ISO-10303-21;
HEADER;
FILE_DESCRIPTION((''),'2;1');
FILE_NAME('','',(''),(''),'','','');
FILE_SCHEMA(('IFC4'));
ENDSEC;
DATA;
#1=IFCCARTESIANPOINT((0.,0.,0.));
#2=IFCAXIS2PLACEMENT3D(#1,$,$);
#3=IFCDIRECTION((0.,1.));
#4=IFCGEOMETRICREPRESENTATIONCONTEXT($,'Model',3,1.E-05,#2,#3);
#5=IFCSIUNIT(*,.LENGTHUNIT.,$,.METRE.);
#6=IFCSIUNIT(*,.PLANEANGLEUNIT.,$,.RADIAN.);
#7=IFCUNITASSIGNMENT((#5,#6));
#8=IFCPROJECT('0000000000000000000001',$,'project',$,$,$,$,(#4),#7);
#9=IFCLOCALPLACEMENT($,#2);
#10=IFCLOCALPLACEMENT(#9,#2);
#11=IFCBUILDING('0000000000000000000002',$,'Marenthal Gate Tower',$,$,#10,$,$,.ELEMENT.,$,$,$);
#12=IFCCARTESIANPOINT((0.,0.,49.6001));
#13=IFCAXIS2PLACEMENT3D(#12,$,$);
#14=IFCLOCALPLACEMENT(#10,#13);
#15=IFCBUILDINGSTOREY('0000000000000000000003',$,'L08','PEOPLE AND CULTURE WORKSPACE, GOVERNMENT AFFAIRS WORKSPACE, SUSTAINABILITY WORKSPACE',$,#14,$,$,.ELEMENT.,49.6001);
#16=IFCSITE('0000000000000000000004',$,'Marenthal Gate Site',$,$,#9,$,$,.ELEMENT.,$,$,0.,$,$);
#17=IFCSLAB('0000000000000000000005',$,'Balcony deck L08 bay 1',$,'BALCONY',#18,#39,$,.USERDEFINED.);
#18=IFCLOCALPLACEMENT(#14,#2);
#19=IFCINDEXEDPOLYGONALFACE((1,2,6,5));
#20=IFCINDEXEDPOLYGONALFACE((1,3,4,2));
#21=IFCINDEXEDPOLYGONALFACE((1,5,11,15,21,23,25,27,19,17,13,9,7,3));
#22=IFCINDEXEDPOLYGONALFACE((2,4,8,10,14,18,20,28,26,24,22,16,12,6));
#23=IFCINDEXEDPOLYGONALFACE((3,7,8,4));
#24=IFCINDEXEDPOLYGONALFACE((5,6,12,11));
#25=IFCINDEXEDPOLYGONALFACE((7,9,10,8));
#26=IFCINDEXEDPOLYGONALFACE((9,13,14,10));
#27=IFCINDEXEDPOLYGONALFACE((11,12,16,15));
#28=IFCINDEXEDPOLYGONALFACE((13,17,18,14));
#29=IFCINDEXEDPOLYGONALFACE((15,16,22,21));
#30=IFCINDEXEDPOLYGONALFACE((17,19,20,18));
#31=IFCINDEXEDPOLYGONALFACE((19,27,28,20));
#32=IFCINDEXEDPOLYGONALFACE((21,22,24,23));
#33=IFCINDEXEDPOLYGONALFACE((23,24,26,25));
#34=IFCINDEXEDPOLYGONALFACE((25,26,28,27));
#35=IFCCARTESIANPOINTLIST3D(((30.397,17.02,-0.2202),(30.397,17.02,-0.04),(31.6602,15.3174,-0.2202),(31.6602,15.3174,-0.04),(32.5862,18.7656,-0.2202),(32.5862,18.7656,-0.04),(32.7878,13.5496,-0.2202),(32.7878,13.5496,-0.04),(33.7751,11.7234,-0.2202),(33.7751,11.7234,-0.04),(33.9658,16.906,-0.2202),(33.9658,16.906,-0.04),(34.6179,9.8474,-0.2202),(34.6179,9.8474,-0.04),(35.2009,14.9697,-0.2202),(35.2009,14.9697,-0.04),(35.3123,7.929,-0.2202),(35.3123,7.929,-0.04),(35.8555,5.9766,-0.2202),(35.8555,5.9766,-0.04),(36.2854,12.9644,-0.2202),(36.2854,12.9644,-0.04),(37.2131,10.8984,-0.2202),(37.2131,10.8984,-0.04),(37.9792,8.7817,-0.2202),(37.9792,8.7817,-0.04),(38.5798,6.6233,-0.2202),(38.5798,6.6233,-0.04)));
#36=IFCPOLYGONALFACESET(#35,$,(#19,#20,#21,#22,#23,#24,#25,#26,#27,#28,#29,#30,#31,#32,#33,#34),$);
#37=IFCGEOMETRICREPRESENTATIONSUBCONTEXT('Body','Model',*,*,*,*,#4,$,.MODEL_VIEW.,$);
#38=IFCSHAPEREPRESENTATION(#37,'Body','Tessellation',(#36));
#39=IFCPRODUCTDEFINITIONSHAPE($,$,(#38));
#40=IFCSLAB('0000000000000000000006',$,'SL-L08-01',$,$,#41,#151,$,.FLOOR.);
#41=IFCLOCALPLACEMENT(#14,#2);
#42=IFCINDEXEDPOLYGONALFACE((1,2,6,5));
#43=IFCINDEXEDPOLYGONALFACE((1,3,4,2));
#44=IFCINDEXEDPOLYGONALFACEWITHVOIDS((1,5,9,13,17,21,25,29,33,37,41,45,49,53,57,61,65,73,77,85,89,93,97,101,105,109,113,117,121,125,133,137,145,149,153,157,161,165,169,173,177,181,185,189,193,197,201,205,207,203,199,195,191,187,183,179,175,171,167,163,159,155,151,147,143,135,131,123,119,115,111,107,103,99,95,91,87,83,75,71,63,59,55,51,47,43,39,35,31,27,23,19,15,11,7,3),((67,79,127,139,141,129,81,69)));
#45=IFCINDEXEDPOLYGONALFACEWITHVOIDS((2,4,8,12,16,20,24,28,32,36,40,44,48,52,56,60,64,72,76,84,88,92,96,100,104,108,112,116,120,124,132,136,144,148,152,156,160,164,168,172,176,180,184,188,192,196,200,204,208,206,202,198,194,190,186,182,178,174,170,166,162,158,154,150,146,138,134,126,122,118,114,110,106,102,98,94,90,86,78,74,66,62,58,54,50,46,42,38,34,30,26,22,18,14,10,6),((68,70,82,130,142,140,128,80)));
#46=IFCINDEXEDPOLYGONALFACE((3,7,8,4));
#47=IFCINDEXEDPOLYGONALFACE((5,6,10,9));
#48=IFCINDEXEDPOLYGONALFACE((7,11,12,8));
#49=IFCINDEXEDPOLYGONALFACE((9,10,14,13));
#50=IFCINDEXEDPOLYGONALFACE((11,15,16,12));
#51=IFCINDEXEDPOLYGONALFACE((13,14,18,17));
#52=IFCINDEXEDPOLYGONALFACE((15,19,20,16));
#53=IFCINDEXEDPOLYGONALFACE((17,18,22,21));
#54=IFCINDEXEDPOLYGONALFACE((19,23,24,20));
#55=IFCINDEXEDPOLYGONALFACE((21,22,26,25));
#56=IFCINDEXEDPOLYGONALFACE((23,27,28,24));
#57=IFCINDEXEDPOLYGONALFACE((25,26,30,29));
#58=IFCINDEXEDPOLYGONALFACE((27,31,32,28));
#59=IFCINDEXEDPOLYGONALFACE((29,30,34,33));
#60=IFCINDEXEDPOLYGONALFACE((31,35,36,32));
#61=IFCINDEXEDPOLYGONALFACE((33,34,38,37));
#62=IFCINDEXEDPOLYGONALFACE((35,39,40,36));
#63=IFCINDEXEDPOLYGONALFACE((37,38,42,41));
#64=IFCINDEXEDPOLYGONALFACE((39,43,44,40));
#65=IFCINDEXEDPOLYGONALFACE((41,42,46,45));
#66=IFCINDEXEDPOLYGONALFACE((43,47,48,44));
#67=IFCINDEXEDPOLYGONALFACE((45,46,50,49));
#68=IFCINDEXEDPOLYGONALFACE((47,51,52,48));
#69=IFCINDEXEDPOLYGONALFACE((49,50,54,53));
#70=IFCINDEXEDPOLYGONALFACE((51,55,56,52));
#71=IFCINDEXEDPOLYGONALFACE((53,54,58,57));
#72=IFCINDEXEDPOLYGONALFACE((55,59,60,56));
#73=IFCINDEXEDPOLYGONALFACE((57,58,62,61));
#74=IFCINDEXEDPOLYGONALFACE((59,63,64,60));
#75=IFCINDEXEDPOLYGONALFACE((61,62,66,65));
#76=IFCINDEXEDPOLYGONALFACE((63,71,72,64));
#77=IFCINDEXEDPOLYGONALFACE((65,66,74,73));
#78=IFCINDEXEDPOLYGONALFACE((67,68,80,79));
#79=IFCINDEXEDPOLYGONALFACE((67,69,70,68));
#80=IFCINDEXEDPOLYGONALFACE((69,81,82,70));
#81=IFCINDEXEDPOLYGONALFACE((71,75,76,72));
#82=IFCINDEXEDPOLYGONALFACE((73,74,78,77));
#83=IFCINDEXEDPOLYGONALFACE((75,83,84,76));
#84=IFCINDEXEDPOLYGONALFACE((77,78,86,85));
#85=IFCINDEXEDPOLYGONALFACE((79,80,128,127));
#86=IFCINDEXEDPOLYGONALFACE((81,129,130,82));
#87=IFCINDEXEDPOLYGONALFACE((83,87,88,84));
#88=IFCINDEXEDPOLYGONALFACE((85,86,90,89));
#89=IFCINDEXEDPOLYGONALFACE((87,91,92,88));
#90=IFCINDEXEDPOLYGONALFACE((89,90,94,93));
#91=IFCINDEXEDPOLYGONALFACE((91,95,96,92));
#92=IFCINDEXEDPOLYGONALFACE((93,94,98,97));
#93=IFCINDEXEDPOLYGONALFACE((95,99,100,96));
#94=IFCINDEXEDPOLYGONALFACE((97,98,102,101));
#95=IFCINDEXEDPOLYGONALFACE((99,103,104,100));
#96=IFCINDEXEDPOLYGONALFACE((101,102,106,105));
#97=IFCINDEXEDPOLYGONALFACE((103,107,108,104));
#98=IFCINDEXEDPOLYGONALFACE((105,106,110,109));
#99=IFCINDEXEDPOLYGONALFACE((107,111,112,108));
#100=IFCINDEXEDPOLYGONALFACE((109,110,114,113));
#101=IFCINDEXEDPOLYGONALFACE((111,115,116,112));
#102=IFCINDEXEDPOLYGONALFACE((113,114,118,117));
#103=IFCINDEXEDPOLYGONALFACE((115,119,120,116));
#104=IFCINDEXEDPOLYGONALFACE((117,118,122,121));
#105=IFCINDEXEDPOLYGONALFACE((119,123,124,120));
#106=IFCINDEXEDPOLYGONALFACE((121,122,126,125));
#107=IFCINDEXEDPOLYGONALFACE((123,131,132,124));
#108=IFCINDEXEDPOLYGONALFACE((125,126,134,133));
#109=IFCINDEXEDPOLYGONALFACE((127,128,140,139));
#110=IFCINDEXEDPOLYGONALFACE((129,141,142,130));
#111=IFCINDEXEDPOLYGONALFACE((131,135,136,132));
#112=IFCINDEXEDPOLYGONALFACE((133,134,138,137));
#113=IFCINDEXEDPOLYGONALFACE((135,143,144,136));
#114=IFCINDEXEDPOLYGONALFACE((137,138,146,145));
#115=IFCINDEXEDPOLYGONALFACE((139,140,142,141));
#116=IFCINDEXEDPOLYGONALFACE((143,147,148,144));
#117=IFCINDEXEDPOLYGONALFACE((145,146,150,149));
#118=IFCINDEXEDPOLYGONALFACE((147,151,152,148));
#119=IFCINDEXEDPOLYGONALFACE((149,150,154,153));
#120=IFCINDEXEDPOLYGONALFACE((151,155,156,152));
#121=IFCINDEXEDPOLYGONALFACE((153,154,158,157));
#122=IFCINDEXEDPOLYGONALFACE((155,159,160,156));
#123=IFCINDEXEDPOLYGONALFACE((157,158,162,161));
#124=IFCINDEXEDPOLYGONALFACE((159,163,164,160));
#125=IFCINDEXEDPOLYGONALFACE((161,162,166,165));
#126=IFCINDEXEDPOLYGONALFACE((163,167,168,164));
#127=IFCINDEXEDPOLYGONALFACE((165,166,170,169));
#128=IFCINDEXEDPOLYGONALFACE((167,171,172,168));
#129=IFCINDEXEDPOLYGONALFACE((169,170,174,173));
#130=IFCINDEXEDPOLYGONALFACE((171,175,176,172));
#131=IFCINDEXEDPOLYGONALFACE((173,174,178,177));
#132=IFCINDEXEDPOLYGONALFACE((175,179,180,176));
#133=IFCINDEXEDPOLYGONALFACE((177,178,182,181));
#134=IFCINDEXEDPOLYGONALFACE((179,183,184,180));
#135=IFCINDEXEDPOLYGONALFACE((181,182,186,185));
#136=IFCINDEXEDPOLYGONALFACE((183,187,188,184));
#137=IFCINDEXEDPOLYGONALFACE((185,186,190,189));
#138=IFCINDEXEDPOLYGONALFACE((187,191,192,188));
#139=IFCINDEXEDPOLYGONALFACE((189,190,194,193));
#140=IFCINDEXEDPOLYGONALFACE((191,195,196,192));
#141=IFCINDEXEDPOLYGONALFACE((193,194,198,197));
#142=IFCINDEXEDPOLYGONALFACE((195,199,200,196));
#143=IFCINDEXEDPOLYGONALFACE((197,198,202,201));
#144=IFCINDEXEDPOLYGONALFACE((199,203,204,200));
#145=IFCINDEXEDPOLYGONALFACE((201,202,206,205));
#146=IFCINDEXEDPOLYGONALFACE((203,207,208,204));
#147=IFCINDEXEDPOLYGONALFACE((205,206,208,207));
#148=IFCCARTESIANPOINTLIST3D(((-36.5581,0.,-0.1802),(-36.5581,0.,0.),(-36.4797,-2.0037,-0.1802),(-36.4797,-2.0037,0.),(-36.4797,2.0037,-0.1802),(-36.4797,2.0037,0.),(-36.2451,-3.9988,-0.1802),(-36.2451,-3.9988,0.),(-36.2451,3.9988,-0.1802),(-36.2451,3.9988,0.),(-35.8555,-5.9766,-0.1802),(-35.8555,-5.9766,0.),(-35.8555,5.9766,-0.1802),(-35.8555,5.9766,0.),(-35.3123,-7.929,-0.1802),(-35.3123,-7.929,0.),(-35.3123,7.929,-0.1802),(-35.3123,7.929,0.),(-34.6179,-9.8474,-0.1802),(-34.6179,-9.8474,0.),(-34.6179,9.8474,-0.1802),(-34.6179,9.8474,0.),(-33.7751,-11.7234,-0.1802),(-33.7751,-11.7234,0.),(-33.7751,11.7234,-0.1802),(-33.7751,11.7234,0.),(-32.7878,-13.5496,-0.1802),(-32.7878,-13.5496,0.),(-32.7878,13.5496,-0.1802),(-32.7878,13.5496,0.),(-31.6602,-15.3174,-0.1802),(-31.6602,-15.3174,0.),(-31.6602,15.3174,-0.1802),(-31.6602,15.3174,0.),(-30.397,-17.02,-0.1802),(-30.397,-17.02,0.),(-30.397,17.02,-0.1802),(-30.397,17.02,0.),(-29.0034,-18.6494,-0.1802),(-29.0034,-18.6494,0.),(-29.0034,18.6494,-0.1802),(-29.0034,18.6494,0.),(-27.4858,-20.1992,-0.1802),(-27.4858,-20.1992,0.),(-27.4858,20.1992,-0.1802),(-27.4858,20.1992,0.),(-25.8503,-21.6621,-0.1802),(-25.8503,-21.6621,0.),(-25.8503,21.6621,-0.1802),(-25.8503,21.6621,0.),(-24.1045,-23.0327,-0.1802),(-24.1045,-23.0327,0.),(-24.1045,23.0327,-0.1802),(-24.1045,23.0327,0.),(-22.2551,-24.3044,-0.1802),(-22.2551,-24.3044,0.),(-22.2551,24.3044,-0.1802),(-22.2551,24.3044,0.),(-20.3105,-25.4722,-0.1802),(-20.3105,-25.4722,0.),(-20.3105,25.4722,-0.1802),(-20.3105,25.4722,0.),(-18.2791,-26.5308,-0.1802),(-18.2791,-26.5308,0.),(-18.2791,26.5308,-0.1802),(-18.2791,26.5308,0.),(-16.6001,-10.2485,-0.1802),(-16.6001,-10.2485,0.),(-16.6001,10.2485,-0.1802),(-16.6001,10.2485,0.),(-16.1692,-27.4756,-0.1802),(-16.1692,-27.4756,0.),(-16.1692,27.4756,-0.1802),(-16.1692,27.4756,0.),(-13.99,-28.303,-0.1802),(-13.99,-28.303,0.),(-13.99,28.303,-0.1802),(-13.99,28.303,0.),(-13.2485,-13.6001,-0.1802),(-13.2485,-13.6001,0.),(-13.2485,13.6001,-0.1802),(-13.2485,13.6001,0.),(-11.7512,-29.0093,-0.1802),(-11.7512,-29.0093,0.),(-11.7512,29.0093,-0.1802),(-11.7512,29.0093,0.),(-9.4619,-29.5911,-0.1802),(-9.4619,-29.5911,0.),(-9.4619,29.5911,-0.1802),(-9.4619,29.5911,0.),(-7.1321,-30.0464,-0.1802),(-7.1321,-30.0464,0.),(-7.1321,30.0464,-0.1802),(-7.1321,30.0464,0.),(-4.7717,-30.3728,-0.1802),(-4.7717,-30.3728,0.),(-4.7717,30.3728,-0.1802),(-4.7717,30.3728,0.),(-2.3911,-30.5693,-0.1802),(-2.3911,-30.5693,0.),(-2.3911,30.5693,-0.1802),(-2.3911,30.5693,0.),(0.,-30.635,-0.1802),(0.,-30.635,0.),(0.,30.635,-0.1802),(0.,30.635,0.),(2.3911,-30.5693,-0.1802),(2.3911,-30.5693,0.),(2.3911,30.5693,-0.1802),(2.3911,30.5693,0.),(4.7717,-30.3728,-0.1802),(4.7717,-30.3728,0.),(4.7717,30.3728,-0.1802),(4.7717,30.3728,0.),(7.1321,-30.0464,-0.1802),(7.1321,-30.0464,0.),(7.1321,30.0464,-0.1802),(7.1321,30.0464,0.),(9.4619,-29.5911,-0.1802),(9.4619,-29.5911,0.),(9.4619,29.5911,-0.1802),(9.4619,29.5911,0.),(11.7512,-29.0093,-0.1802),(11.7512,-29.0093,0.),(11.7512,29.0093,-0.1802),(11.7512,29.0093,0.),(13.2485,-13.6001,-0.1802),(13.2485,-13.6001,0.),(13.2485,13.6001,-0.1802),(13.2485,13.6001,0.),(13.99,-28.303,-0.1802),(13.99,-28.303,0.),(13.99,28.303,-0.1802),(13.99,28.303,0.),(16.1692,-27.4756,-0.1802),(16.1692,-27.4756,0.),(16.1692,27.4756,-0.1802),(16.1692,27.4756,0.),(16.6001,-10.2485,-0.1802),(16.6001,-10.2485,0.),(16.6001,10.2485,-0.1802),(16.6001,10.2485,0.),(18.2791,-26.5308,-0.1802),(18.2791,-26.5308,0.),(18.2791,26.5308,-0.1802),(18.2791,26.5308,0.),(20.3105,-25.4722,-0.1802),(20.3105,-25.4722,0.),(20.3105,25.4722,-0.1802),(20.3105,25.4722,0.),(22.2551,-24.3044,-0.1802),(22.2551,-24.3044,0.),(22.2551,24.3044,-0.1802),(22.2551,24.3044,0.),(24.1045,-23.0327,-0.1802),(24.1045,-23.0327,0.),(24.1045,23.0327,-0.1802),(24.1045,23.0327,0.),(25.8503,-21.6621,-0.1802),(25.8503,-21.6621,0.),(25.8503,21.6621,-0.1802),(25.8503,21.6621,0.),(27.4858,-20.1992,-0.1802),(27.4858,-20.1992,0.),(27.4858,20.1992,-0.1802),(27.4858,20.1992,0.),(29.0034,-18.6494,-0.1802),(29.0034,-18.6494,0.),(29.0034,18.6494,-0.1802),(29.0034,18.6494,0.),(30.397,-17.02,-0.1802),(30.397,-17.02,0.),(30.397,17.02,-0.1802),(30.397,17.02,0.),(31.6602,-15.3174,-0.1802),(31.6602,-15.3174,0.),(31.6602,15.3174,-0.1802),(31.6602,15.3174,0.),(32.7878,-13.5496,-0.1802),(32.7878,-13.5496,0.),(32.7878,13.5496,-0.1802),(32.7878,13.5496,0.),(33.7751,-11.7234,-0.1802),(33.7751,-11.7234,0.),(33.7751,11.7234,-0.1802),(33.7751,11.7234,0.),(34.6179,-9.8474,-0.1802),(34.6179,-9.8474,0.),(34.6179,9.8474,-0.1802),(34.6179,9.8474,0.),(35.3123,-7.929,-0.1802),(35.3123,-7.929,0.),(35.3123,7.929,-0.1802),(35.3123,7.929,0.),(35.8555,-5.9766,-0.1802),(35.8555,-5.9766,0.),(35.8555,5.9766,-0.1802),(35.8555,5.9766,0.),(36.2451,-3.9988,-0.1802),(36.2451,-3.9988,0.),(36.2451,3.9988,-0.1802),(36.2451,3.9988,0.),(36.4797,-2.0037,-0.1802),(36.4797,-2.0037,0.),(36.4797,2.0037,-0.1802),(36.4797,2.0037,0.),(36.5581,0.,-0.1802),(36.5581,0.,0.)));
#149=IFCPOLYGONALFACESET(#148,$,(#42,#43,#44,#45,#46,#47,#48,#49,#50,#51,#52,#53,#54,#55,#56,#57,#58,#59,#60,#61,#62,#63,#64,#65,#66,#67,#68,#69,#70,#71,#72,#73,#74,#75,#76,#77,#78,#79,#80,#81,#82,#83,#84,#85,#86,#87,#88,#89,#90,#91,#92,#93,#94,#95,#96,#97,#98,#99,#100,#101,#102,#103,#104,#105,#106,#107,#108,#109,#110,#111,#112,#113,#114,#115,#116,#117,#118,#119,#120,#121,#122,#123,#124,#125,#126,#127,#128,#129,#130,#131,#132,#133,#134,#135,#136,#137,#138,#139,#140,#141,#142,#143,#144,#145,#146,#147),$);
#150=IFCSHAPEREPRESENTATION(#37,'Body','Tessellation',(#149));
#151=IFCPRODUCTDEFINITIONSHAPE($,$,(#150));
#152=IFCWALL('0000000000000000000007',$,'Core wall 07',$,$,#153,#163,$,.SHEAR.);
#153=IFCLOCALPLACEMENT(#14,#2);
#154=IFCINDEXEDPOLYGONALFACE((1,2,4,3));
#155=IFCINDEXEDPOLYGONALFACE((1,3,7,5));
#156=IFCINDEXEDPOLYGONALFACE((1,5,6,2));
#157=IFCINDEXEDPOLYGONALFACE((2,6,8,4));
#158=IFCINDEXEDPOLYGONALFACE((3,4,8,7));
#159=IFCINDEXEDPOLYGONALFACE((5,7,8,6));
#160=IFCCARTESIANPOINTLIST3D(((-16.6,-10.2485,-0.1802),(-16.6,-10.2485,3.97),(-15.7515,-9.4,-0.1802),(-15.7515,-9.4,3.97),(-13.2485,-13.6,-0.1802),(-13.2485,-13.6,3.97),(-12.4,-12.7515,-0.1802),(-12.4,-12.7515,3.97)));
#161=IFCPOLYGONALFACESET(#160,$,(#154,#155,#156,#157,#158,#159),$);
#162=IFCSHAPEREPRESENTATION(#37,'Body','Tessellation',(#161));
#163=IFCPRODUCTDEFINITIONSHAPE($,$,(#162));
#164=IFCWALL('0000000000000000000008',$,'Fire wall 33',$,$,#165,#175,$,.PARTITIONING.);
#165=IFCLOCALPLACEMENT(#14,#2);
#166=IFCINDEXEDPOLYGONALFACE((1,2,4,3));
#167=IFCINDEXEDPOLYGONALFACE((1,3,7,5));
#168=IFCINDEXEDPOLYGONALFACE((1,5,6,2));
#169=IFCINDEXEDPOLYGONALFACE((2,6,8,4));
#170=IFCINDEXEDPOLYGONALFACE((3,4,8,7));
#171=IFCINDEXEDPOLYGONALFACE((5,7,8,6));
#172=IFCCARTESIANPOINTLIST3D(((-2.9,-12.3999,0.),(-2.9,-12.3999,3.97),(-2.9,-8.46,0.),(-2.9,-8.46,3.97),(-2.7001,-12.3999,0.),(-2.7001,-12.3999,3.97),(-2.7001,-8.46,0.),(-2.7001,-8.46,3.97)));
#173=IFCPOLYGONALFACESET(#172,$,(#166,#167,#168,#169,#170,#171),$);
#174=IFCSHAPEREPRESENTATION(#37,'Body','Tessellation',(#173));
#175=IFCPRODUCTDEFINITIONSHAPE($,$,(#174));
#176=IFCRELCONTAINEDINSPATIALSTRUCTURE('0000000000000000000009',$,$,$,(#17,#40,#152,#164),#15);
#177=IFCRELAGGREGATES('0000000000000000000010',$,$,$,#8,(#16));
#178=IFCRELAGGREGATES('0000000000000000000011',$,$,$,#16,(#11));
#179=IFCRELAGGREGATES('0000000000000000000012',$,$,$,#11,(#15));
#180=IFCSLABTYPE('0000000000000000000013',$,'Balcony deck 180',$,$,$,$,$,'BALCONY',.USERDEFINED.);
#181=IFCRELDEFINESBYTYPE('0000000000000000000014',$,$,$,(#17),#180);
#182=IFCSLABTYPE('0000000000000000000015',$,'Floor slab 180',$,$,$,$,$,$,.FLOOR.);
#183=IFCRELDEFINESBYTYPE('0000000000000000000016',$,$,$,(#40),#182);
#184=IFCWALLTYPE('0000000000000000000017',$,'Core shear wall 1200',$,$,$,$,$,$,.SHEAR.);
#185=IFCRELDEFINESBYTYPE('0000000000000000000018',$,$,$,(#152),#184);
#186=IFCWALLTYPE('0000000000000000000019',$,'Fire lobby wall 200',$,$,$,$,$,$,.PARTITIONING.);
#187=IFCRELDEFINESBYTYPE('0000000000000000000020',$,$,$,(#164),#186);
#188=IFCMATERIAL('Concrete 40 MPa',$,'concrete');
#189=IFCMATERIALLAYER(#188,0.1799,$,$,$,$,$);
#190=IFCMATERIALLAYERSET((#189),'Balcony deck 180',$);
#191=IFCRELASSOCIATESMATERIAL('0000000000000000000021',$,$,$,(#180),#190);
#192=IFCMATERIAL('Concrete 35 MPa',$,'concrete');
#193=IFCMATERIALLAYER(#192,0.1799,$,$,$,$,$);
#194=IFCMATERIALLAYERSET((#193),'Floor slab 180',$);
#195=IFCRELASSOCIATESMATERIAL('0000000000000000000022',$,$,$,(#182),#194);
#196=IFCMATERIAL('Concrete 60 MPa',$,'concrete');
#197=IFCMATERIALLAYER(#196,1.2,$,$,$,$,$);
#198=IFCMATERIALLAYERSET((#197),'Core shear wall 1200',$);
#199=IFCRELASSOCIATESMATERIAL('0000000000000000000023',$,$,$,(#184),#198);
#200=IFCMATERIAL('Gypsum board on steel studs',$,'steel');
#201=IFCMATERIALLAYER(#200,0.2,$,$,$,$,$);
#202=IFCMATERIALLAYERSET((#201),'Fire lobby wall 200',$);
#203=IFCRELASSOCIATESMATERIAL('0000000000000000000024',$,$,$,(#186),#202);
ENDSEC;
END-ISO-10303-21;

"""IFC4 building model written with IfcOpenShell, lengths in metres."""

from ifc_helpers import new_model, si_unit, direction, frame, frame_2d, origin, place, context, subcontext, project, spatial, polyline, rectangle, outline, extrude, material, layer, layer_set, type_object, element, save


model = new_model("IFC4")

# Units and contexts
model_context = context("Model", 3, precision=1e-05, world=origin(), true_north=direction((0.0, 1.0)))
body_context = subcontext(model_context, "Body", "Model", "MODEL_VIEW")
ifc_project = project(units=[si_unit("LENGTHUNIT", "METRE"), si_unit("PLANEANGLEUNIT", "RADIAN")], contexts=[model_context])

# Site, building, storey
site_placement = place(None, origin())
site = spatial("IfcSite", under=ifc_project, at=site_placement, Name="Marenthal Gate Site", CompositionType="ELEMENT", RefElevation=0.0)
building_placement = place(site_placement, origin())
building = spatial("IfcBuilding", under=site, at=building_placement, Name="Marenthal Gate Tower", CompositionType="ELEMENT")
storey_placement = place(building_placement, frame((0.0, 0.0, 49.6001)))
storey = spatial("IfcBuildingStorey", under=building, at=storey_placement, Name="L08", Description="PEOPLE AND CULTURE WORKSPACE, GOVERNMENT AFFAIRS WORKSPACE, SUSTAINABILITY WORKSPACE", CompositionType="ELEMENT", Elevation=49.6001)

# Slabs
ifc_material_1 = material(Name="Concrete 40 MPa", Category="concrete")
ifc_layer_1 = layer(ifc_material_1, 0.1799)
ifc_layer_set_1 = layer_set([ifc_layer_1], Name="Balcony deck 180")
slab_type_1 = type_object("IfcSlabType", Name="Balcony deck 180", ElementType="BALCONY", PredefinedType="USERDEFINED", material=ifc_layer_set_1)
slab_1_placement = place(storey_placement, frame((0.0, 0.0, -0.2202)))
element("IfcSlab", 1, at=slab_1_placement, inside=storey, type_object=slab_type_1, Name="Balcony deck L08 bay 1", ObjectType="BALCONY", PredefinedType="USERDEFINED", context=body_context, shape_type="SweptSolid", body=[
    extrude(outline(polyline([(35.8555, 5.9766), (35.3123, 7.929), (34.6179, 9.8474), (33.7751, 11.7234), (32.7878, 13.5496), (31.6602, 15.3174), (30.397, 17.02), (32.5862, 18.7656), (33.9658, 16.906), (35.2009, 14.9697), (36.2854, 12.9644), (37.2131, 10.8984), (37.9792, 8.7817), (38.5798, 6.6233), (35.8555, 5.9766)])), origin(), (0.0, 0.0, 1.0), 0.1802),
])
ifc_material_2 = material(Name="Concrete 35 MPa", Category="concrete")
ifc_layer_2 = layer(ifc_material_2, 0.1799)
ifc_layer_set_2 = layer_set([ifc_layer_2], Name="Floor slab 180")
slab_type_2 = type_object("IfcSlabType", Name="Floor slab 180", PredefinedType="FLOOR", material=ifc_layer_set_2)
slab_2_placement = place(storey_placement, frame((0.0, 0.0, -0.1802)))
element("IfcSlab", 2, at=slab_2_placement, inside=storey, type_object=slab_type_2, Name="SL-L08-01", PredefinedType="FLOOR", context=body_context, shape_type="SweptSolid", body=[
    extrude(outline(polyline([(36.5581, 0.0), (36.4797, 2.0037), (36.2451, 3.9988), (35.8555, 5.9766), (35.3123, 7.929), (34.6179, 9.8474), (33.7751, 11.7234), (32.7878, 13.5496), (31.6602, 15.3174), (30.397, 17.02), (29.0034, 18.6494), (27.4858, 20.1992), (25.8503, 21.6621), (24.1045, 23.0327), (22.2551, 24.3044), (20.3105, 25.4722), (18.2791, 26.5308), (16.1692, 27.4756), (13.99, 28.303), (11.7512, 29.0093), (9.4619, 29.5911), (7.1321, 30.0464), (4.7717, 30.3728), (2.3911, 30.5693), (0.0, 30.635), (-2.3911, 30.5693), (-4.7717, 30.3728), (-7.1321, 30.0464), (-9.4619, 29.5911), (-11.7512, 29.0093), (-13.99, 28.303), (-16.1692, 27.4756), (-18.2791, 26.5308), (-20.3105, 25.4722), (-22.2551, 24.3044), (-24.1045, 23.0327), (-25.8503, 21.6621), (-27.4858, 20.1992), (-29.0034, 18.6494), (-30.397, 17.02), (-31.6602, 15.3174), (-32.7878, 13.5496), (-33.7751, 11.7234), (-34.6179, 9.8474), (-35.3123, 7.929), (-35.8555, 5.9766), (-36.2451, 3.9988), (-36.4797, 2.0037), (-36.5581, 0.0), (-36.4797, -2.0037), (-36.2451, -3.9988), (-35.8555, -5.9766), (-35.3123, -7.929), (-34.6179, -9.8474), (-33.7751, -11.7234), (-32.7878, -13.5496), (-31.6602, -15.3174), (-30.397, -17.02), (-29.0034, -18.6494), (-27.4858, -20.1992), (-25.8503, -21.6621), (-24.1045, -23.0327), (-22.2551, -24.3044), (-20.3105, -25.4722), (-18.2791, -26.5308), (-16.1692, -27.4756), (-13.99, -28.303), (-11.7512, -29.0093), (-9.4619, -29.5911), (-7.1321, -30.0464), (-4.7717, -30.3728), (-2.3911, -30.5693), (0.0, -30.635), (2.3911, -30.5693), (4.7717, -30.3728), (7.1321, -30.0464), (9.4619, -29.5911), (11.7512, -29.0093), (13.99, -28.303), (16.1692, -27.4756), (18.2791, -26.5308), (20.3105, -25.4722), (22.2551, -24.3044), (24.1045, -23.0327), (25.8503, -21.6621), (27.4858, -20.1992), (29.0034, -18.6494), (30.397, -17.02), (31.6602, -15.3174), (32.7878, -13.5496), (33.7751, -11.7234), (34.6179, -9.8474), (35.3123, -7.929), (35.8555, -5.9766), (36.2451, -3.9988), (36.4797, -2.0037), (36.5581, 0.0)]), holes=[polyline([(13.2485, -13.6001), (16.6001, -10.2485), (16.6001, 10.2485), (13.2485, 13.6001), (-13.2485, 13.6001), (-16.6001, 10.2485), (-16.6001, -10.2485), (-13.2485, -13.6001), (13.2485, -13.6001)])]), origin(), (0.0, 0.0, 1.0), 0.1802),
])

# Walls
ifc_material_3 = material(Name="Concrete 60 MPa", Category="concrete")
ifc_layer_3 = layer(ifc_material_3, 1.2)
ifc_layer_set_3 = layer_set([ifc_layer_3], Name="Core shear wall 1200")
wall_type_1 = type_object("IfcWallType", Name="Core shear wall 1200", PredefinedType="SHEAR", material=ifc_layer_set_3)
wall_1_placement = place(storey_placement, frame((-16.1758, -9.8242, -0.1802), z_axis=(0.0, 0.0, 1.0), x_axis=(0.707107, -0.707107, 0.0)))
element("IfcWall", 3, at=wall_1_placement, inside=storey, type_object=wall_type_1, Name="Core wall 07", PredefinedType="SHEAR", context=body_context, shape_type="SweptSolid", body=[
    extrude(rectangle(XDim=4.7397, YDim=1.2, at=frame_2d((2.3699, 0.0))), origin(), (0.0, 0.0, 1.0), 4.1501),
])
ifc_material_4 = material(Name="Gypsum board on steel studs", Category="steel")
ifc_layer_4 = layer(ifc_material_4, 0.2)
ifc_layer_set_4 = layer_set([ifc_layer_4], Name="Fire lobby wall 200")
wall_type_2 = type_object("IfcWallType", Name="Fire lobby wall 200", PredefinedType="PARTITIONING", material=ifc_layer_set_4)
wall_2_placement = place(storey_placement, frame((-2.8, -12.3999, 0.0), z_axis=(0.0, 0.0, 1.0), x_axis=(0.0, 1.0, 0.0)))
element("IfcWall", 4, at=wall_2_placement, inside=storey, type_object=wall_type_2, Name="Fire wall 33", PredefinedType="PARTITIONING", context=body_context, shape_type="SweptSolid", body=[
    extrude(rectangle(XDim=3.9399, YDim=0.2, at=frame_2d((1.97, 0.0))), origin(), (0.0, 0.0, 1.0), 3.97),
])

save(model, "model.ifc")
